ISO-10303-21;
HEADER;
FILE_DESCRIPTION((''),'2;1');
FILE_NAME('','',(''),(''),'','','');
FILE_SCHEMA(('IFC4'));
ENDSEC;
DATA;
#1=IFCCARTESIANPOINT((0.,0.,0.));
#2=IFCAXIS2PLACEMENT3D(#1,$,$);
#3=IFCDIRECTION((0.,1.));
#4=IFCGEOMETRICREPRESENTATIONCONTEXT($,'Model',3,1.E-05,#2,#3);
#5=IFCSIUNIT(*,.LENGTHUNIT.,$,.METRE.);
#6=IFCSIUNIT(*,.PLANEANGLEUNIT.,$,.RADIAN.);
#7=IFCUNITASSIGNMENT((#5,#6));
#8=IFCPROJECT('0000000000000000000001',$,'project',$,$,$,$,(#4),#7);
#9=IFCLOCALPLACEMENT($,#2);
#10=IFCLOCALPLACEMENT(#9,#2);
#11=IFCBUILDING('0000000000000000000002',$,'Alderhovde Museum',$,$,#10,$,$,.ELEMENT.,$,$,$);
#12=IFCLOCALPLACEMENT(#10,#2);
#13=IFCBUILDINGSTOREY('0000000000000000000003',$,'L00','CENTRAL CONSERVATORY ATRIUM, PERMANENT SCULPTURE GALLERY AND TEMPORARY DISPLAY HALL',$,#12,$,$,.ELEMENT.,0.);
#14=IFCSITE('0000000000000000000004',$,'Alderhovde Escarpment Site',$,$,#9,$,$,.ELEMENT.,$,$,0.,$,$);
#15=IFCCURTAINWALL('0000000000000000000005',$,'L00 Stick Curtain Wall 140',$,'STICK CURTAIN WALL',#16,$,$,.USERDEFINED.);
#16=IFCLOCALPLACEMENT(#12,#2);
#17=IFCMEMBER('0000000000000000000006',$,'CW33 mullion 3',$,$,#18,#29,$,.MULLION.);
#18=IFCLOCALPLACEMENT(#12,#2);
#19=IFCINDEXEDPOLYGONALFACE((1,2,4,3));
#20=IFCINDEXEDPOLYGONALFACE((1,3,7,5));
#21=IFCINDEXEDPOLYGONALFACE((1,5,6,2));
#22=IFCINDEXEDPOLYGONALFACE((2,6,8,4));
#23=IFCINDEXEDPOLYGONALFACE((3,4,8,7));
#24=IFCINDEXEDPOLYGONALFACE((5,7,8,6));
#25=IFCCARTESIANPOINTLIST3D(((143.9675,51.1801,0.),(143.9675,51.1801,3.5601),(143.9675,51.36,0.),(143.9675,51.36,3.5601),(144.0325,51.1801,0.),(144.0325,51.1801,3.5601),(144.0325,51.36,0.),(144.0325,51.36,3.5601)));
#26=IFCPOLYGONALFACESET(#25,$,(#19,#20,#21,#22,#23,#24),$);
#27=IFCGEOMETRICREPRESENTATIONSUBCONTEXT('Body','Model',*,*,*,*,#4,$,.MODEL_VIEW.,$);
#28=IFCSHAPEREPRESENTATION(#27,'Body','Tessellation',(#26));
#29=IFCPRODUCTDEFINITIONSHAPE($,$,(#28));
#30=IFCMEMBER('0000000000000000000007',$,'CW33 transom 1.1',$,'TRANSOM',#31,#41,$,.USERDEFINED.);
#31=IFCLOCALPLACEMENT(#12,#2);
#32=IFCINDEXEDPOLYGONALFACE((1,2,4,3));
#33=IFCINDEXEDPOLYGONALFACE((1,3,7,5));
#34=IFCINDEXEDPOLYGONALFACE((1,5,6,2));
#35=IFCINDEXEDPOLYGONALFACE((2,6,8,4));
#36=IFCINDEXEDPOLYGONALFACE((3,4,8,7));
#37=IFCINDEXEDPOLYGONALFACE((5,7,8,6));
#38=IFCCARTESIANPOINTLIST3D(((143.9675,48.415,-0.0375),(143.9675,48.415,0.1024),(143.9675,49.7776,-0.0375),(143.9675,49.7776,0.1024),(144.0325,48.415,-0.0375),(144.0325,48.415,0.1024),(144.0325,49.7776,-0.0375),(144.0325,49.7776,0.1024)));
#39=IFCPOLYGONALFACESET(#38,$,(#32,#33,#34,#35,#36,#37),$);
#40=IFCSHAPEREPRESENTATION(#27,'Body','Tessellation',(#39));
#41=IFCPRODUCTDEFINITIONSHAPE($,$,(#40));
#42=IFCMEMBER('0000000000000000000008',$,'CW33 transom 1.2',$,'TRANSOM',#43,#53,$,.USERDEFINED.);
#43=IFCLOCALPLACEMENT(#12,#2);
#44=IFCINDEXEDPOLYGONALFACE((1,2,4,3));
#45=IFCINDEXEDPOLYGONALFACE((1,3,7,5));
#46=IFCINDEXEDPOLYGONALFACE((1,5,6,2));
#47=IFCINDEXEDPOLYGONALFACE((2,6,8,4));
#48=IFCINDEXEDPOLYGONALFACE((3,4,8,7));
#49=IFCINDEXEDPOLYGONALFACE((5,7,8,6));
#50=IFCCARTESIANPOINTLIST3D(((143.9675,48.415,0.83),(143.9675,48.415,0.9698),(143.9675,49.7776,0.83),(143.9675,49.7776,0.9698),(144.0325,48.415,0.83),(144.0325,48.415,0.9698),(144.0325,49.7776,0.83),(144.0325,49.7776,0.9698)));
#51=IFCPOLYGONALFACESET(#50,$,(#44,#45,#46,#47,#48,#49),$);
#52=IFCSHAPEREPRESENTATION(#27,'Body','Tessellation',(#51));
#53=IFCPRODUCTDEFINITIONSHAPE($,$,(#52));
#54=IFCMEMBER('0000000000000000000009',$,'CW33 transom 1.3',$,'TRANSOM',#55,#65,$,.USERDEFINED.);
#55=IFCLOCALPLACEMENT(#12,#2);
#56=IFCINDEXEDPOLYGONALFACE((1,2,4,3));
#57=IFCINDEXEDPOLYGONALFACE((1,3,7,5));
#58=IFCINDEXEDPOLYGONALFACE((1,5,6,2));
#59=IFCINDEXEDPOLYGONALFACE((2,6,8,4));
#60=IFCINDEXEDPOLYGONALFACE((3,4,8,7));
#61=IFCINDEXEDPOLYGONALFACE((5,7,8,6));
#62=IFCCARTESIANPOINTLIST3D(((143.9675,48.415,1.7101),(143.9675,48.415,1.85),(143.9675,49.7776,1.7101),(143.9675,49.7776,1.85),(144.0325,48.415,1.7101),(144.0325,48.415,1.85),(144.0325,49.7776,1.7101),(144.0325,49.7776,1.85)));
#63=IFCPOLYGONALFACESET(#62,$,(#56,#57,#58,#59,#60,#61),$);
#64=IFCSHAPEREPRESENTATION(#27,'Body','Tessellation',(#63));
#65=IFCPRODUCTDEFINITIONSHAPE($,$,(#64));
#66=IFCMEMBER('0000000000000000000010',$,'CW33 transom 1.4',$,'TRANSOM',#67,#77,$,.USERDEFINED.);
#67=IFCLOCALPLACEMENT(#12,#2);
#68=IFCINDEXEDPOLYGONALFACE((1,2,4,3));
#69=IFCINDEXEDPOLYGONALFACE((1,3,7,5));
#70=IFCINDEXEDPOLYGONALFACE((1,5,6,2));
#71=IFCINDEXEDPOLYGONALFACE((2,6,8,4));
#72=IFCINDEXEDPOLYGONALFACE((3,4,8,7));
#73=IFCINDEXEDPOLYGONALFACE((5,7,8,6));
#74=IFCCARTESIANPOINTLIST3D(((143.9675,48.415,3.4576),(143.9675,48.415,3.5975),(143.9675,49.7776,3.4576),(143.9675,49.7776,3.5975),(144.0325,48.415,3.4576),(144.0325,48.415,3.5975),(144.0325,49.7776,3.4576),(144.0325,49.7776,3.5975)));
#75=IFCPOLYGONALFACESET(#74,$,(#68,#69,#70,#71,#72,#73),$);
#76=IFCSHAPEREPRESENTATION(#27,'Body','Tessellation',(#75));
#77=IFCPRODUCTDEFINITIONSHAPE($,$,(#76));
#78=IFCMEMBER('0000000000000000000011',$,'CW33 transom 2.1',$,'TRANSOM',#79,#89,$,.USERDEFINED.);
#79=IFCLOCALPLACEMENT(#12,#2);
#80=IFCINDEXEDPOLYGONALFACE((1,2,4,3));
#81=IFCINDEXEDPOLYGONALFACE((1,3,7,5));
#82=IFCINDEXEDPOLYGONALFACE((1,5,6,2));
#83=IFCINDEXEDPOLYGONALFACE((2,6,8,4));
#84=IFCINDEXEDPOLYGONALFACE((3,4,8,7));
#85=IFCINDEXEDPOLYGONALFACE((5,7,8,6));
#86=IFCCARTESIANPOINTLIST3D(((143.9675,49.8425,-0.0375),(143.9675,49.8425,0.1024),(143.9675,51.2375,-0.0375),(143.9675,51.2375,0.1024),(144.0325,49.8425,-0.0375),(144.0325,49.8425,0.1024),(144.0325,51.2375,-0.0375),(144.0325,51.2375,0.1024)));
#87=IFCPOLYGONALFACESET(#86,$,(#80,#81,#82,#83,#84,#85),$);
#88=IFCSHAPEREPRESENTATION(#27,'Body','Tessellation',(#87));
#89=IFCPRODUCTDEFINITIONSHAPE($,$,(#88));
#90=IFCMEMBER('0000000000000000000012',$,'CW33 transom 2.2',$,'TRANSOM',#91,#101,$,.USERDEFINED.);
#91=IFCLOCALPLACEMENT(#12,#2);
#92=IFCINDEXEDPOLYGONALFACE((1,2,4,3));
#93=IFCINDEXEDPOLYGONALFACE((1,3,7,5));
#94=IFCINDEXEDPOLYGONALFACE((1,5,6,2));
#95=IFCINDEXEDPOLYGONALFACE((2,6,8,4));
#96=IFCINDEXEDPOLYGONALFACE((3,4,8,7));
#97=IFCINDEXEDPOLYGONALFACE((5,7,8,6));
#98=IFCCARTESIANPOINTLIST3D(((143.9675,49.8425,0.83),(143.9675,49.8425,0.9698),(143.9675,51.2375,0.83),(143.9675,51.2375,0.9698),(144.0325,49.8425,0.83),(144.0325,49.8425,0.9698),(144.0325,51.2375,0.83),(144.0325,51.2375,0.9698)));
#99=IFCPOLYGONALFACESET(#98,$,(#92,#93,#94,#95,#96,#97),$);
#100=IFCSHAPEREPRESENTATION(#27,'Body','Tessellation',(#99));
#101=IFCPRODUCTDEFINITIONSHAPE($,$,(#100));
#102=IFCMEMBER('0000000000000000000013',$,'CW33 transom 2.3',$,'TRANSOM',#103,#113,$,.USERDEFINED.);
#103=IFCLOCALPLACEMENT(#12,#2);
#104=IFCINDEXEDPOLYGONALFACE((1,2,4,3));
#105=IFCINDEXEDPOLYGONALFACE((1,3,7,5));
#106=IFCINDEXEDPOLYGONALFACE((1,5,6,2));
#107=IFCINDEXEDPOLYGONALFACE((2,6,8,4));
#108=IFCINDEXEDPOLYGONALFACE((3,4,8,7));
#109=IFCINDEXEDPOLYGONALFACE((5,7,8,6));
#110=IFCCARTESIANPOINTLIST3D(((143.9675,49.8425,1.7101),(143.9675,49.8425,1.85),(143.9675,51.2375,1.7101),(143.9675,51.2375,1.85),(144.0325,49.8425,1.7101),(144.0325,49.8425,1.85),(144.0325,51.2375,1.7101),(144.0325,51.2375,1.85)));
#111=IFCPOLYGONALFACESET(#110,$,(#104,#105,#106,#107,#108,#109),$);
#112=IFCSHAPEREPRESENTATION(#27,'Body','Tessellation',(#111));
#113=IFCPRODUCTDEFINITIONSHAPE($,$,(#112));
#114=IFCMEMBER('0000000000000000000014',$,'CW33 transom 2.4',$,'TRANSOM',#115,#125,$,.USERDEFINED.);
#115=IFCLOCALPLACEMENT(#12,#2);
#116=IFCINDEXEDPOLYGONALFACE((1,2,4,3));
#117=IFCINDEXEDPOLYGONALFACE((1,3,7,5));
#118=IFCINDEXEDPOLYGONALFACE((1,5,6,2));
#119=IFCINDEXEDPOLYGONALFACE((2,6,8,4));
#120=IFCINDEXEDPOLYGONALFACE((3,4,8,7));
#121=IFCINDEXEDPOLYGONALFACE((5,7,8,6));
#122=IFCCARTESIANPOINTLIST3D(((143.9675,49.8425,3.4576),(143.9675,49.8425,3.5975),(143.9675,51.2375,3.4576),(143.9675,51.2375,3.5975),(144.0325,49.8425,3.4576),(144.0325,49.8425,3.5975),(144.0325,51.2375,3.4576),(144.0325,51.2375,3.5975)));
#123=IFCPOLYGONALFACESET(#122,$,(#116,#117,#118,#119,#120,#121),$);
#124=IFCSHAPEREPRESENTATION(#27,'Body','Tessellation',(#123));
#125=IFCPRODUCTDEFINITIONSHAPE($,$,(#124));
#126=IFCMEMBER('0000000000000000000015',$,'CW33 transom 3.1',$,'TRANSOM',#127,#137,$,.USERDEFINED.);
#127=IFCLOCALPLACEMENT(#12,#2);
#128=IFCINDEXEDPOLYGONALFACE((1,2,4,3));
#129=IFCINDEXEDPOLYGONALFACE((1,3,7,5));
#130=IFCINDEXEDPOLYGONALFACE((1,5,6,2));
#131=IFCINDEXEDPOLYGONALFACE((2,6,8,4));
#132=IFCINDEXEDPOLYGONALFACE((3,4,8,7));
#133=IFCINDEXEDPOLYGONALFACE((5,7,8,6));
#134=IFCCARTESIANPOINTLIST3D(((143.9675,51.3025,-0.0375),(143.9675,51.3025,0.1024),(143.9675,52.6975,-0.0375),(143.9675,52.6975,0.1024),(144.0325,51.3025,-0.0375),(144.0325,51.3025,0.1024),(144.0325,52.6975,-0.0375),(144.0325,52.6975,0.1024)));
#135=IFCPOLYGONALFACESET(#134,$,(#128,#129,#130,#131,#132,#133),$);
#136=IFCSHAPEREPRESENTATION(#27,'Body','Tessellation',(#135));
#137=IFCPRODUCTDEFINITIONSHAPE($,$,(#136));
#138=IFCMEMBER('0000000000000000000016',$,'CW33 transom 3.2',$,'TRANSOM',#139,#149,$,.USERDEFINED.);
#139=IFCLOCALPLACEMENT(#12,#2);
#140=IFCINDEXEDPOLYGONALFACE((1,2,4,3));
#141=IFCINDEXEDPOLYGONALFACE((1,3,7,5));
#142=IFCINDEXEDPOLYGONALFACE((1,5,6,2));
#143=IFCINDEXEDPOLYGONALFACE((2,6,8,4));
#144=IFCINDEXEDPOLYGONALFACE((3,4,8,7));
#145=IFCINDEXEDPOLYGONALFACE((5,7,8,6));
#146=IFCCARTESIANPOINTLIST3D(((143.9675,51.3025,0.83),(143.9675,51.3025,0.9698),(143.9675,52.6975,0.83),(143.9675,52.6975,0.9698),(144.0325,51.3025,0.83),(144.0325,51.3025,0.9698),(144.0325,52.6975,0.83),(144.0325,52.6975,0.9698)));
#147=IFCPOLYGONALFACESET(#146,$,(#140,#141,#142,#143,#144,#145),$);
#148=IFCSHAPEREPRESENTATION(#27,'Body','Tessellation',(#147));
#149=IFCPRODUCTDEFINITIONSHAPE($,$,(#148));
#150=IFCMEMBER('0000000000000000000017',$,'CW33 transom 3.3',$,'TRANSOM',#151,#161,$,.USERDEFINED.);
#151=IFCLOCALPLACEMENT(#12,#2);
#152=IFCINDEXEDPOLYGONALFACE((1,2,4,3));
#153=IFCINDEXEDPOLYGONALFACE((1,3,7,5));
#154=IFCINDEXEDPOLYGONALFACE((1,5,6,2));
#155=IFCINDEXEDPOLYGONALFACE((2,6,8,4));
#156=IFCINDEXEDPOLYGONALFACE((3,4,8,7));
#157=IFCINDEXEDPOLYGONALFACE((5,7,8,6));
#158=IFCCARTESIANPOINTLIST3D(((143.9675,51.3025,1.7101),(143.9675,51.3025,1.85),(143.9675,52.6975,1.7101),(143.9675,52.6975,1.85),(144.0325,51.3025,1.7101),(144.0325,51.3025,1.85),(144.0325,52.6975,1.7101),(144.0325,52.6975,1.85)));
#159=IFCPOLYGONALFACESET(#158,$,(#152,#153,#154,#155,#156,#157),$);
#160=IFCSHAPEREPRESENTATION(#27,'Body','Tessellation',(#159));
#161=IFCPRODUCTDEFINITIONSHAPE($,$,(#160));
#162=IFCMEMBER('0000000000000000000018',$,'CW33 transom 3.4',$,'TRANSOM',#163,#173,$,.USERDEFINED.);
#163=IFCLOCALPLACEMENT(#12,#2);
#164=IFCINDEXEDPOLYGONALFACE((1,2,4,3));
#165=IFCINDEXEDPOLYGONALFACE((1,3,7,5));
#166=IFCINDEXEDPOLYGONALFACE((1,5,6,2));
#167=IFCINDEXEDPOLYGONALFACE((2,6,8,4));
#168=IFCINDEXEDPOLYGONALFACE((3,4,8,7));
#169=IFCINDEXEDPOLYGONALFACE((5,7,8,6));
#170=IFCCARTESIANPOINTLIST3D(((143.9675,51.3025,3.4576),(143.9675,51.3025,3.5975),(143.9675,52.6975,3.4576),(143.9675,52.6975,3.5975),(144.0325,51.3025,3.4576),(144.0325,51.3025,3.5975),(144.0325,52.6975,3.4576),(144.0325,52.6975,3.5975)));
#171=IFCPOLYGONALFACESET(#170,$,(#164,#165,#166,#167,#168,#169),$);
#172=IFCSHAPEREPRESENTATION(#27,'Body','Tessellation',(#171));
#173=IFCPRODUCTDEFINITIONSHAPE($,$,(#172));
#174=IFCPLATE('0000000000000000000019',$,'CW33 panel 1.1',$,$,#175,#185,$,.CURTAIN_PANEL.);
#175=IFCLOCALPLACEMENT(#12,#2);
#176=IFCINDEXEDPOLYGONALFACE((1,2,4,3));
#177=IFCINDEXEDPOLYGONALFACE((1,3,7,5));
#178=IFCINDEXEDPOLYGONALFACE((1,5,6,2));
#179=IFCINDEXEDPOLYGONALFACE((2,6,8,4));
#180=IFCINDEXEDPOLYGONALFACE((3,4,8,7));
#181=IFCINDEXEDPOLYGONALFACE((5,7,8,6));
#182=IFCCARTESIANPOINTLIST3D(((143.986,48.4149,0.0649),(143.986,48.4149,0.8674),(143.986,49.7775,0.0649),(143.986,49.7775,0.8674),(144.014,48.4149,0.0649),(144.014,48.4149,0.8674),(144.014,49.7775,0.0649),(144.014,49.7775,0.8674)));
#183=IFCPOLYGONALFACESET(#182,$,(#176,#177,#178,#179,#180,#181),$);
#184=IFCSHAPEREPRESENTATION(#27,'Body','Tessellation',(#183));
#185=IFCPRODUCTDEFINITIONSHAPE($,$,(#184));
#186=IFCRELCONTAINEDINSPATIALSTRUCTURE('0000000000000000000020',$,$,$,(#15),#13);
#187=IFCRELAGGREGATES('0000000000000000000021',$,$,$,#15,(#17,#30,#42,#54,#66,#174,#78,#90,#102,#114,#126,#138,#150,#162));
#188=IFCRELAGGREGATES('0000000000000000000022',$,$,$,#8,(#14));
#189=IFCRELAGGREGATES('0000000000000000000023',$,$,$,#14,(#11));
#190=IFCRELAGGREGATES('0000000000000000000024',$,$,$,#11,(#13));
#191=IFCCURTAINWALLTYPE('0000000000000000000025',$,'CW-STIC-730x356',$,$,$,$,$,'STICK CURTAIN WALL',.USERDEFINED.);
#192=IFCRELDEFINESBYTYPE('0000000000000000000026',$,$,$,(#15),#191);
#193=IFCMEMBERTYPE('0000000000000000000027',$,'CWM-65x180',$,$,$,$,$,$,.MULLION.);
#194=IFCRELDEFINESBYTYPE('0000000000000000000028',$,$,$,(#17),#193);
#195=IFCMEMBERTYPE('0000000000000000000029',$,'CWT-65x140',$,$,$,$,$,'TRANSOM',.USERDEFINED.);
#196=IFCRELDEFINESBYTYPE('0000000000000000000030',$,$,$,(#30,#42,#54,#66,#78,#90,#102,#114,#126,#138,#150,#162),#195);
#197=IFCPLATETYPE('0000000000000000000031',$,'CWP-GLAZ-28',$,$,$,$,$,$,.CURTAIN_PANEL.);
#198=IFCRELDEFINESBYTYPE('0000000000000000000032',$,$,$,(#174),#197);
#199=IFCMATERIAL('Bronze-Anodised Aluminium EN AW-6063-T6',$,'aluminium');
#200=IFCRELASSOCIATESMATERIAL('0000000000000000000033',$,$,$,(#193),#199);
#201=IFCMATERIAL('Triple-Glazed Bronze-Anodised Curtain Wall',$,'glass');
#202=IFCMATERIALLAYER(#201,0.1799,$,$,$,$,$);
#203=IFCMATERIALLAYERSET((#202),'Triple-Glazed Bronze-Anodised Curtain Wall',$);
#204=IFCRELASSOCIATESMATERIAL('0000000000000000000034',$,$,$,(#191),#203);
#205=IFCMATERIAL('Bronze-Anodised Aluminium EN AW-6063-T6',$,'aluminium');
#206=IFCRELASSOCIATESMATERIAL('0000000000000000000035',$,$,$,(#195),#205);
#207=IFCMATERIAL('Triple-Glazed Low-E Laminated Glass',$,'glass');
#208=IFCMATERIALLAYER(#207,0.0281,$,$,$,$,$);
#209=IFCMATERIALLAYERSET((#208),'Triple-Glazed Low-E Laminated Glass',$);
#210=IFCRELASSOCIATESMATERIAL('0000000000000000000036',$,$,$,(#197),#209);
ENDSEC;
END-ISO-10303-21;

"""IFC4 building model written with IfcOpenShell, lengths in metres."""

from ifc_helpers import new_model, si_unit, direction, frame, origin, origin_2d, place, context, subcontext, project, spatial, rectangle, extrude, material, layer, layer_set, material_profile, profile_set, type_object, element, aggregate, save


model = new_model("IFC4")

# Units and contexts
model_context = context("Model", 3, precision=1e-05, world=origin(), true_north=direction((0.0, 1.0)))
body_context = subcontext(model_context, "Body", "Model", "MODEL_VIEW")
ifc_project = project(units=[si_unit("LENGTHUNIT", "METRE"), si_unit("PLANEANGLEUNIT", "RADIAN")], contexts=[model_context])

# Site, building, storey
site_placement = place(None, origin())
site = spatial("IfcSite", under=ifc_project, at=site_placement, Name="Alderhovde Escarpment Site", CompositionType="ELEMENT", RefElevation=0.0)
building_placement = place(site_placement, origin())
building = spatial("IfcBuilding", under=site, at=building_placement, Name="Alderhovde Museum", CompositionType="ELEMENT")
storey_placement = place(building_placement, origin())
storey = spatial("IfcBuildingStorey", under=building, at=storey_placement, Name="L00", Description="CENTRAL CONSERVATORY ATRIUM, PERMANENT SCULPTURE GALLERY AND TEMPORARY DISPLAY HALL", CompositionType="ELEMENT", Elevation=0.0)

# Shared definitions
ifc_material_1 = material(Name="Bronze-Anodised Aluminium EN AW-6063-T6", Category="aluminium")
ifc_material_profile_1 = material_profile(ifc_material_1, rectangle(XDim=0.0649, YDim=0.1799, at=origin_2d()), Name="MULLION 65x180")
ifc_profile_set_1 = profile_set([ifc_material_profile_1], Name="Bronze-Anodised Aluminium EN AW-6063-T6")
member_type_1 = type_object("IfcMemberType", Name="CWM-65x180", PredefinedType="MULLION", material=ifc_profile_set_1)

# Curtain wall, members, plate
ifc_material_2 = material(Name="Triple-Glazed Bronze-Anodised Curtain Wall", Category="glass")
ifc_layer_1 = layer(ifc_material_2, 0.1799)
ifc_layer_set_1 = layer_set([ifc_layer_1], Name="Triple-Glazed Bronze-Anodised Curtain Wall")
curtain_wall_type_1 = type_object("IfcCurtainWallType", Name="CW-STIC-730x356", ElementType="STICK CURTAIN WALL", PredefinedType="USERDEFINED", material=ifc_layer_set_1)
curtain_wall_1_placement = place(storey_placement, origin())
curtain_wall_1 = element("IfcCurtainWall", 1, at=curtain_wall_1_placement, inside=storey, type_object=curtain_wall_type_1, Name="L00 Stick Curtain Wall 140", ObjectType="STICK CURTAIN WALL", PredefinedType="USERDEFINED")
member_1_placement = place(storey_placement, frame((144.0, 51.27, 0.0), z_axis=(0.0, 0.0, 1.0), x_axis=(-1.0, 0.0, 0.0)))
member_1 = element("IfcMember", 2, at=member_1_placement, type_object=member_type_1, Name="CW33 mullion 3", PredefinedType="MULLION", context=body_context, shape_type="SweptSolid", body=[
    extrude(rectangle(XDim=0.0649, YDim=0.1799, at=origin_2d()), origin(), (0.0, 0.0, 1.0), 3.5601),
])
ifc_material_3 = material(Name="Bronze-Anodised Aluminium EN AW-6063-T6", Category="aluminium")
ifc_material_profile_2 = material_profile(ifc_material_3, rectangle(XDim=0.0649, YDim=0.1399, at=origin_2d()), Name="TRANSOM 65x140")
ifc_profile_set_2 = profile_set([ifc_material_profile_2], Name="Bronze-Anodised Aluminium EN AW-6063-T6")
member_type_2 = type_object("IfcMemberType", Name="CWT-65x140", ElementType="TRANSOM", PredefinedType="USERDEFINED", material=ifc_profile_set_2)
member_2_placement = place(storey_placement, frame((144.0, 48.415, 0.0325), z_axis=(0.0, 1.0, 0.0), x_axis=(-1.0, 0.0, 0.0)))
member_2 = element("IfcMember", 3, at=member_2_placement, type_object=member_type_2, Name="CW33 transom 1.1", ObjectType="TRANSOM", PredefinedType="USERDEFINED", context=body_context, shape_type="SweptSolid", body=[
    extrude(rectangle(XDim=0.0649, YDim=0.1399, at=origin_2d()), origin(), (0.0, 0.0, 1.0), 1.3625),
])
member_3_placement = place(storey_placement, frame((144.0, 48.415, 0.8999), z_axis=(0.0, 1.0, 0.0), x_axis=(-1.0, 0.0, 0.0)))
member_3 = element("IfcMember", 4, at=member_3_placement, type_object=member_type_2, Name="CW33 transom 1.2", ObjectType="TRANSOM", PredefinedType="USERDEFINED", context=body_context, shape_type="SweptSolid", body=[
    extrude(rectangle(XDim=0.0649, YDim=0.1399, at=origin_2d()), origin(), (0.0, 0.0, 1.0), 1.3625),
])
member_4_placement = place(storey_placement, frame((144.0, 48.415, 1.78), z_axis=(0.0, 1.0, 0.0), x_axis=(-1.0, 0.0, 0.0)))
member_4 = element("IfcMember", 5, at=member_4_placement, type_object=member_type_2, Name="CW33 transom 1.3", ObjectType="TRANSOM", PredefinedType="USERDEFINED", context=body_context, shape_type="SweptSolid", body=[
    extrude(rectangle(XDim=0.0649, YDim=0.1399, at=origin_2d()), origin(), (0.0, 0.0, 1.0), 1.3625),
])
member_5_placement = place(storey_placement, frame((144.0, 48.415, 3.5276), z_axis=(0.0, 1.0, 0.0), x_axis=(-1.0, 0.0, 0.0)))
member_5 = element("IfcMember", 6, at=member_5_placement, type_object=member_type_2, Name="CW33 transom 1.4", ObjectType="TRANSOM", PredefinedType="USERDEFINED", context=body_context, shape_type="SweptSolid", body=[
    extrude(rectangle(XDim=0.0649, YDim=0.1399, at=origin_2d()), origin(), (0.0, 0.0, 1.0), 1.3625),
])
member_6_placement = place(storey_placement, frame((144.0, 49.8425, 0.0325), z_axis=(0.0, 1.0, 0.0), x_axis=(-1.0, 0.0, 0.0)))
member_6 = element("IfcMember", 7, at=member_6_placement, type_object=member_type_2, Name="CW33 transom 2.1", ObjectType="TRANSOM", PredefinedType="USERDEFINED", context=body_context, shape_type="SweptSolid", body=[
    extrude(rectangle(XDim=0.0649, YDim=0.1399, at=origin_2d()), origin(), (0.0, 0.0, 1.0), 1.395),
])
member_7_placement = place(storey_placement, frame((144.0, 49.8425, 0.8999), z_axis=(0.0, 1.0, 0.0), x_axis=(-1.0, 0.0, 0.0)))
member_7 = element("IfcMember", 8, at=member_7_placement, type_object=member_type_2, Name="CW33 transom 2.2", ObjectType="TRANSOM", PredefinedType="USERDEFINED", context=body_context, shape_type="SweptSolid", body=[
    extrude(rectangle(XDim=0.0649, YDim=0.1399, at=origin_2d()), origin(), (0.0, 0.0, 1.0), 1.395),
])
member_8_placement = place(storey_placement, frame((144.0, 49.8425, 1.78), z_axis=(0.0, 1.0, 0.0), x_axis=(-1.0, 0.0, 0.0)))
member_8 = element("IfcMember", 9, at=member_8_placement, type_object=member_type_2, Name="CW33 transom 2.3", ObjectType="TRANSOM", PredefinedType="USERDEFINED", context=body_context, shape_type="SweptSolid", body=[
    extrude(rectangle(XDim=0.0649, YDim=0.1399, at=origin_2d()), origin(), (0.0, 0.0, 1.0), 1.395),
])
member_9_placement = place(storey_placement, frame((144.0, 49.8425, 3.5276), z_axis=(0.0, 1.0, 0.0), x_axis=(-1.0, 0.0, 0.0)))
member_9 = element("IfcMember", 10, at=member_9_placement, type_object=member_type_2, Name="CW33 transom 2.4", ObjectType="TRANSOM", PredefinedType="USERDEFINED", context=body_context, shape_type="SweptSolid", body=[
    extrude(rectangle(XDim=0.0649, YDim=0.1399, at=origin_2d()), origin(), (0.0, 0.0, 1.0), 1.395),
])
member_10_placement = place(storey_placement, frame((144.0, 51.3025, 0.0325), z_axis=(0.0, 1.0, 0.0), x_axis=(-1.0, 0.0, 0.0)))
member_10 = element("IfcMember", 11, at=member_10_placement, type_object=member_type_2, Name="CW33 transom 3.1", ObjectType="TRANSOM", PredefinedType="USERDEFINED", context=body_context, shape_type="SweptSolid", body=[
    extrude(rectangle(XDim=0.0649, YDim=0.1399, at=origin_2d()), origin(), (0.0, 0.0, 1.0), 1.395),
])
member_11_placement = place(storey_placement, frame((144.0, 51.3025, 0.8999), z_axis=(0.0, 1.0, 0.0), x_axis=(-1.0, 0.0, 0.0)))
member_11 = element("IfcMember", 12, at=member_11_placement, type_object=member_type_2, Name="CW33 transom 3.2", ObjectType="TRANSOM", PredefinedType="USERDEFINED", context=body_context, shape_type="SweptSolid", body=[
    extrude(rectangle(XDim=0.0649, YDim=0.1399, at=origin_2d()), origin(), (0.0, 0.0, 1.0), 1.395),
])
member_12_placement = place(storey_placement, frame((144.0, 51.3025, 1.78), z_axis=(0.0, 1.0, 0.0), x_axis=(-1.0, 0.0, 0.0)))
member_12 = element("IfcMember", 13, at=member_12_placement, type_object=member_type_2, Name="CW33 transom 3.3", ObjectType="TRANSOM", PredefinedType="USERDEFINED", context=body_context, shape_type="SweptSolid", body=[
    extrude(rectangle(XDim=0.0649, YDim=0.1399, at=origin_2d()), origin(), (0.0, 0.0, 1.0), 1.395),
])
member_13_placement = place(storey_placement, frame((144.0, 51.3025, 3.5276), z_axis=(0.0, 1.0, 0.0), x_axis=(-1.0, 0.0, 0.0)))
member_13 = element("IfcMember", 14, at=member_13_placement, type_object=member_type_2, Name="CW33 transom 3.4", ObjectType="TRANSOM", PredefinedType="USERDEFINED", context=body_context, shape_type="SweptSolid", body=[
    extrude(rectangle(XDim=0.0649, YDim=0.1399, at=origin_2d()), origin(), (0.0, 0.0, 1.0), 1.395),
])
ifc_material_4 = material(Name="Triple-Glazed Low-E Laminated Glass", Category="glass")
ifc_layer_2 = layer(ifc_material_4, 0.0281)
ifc_layer_set_2 = layer_set([ifc_layer_2], Name="Triple-Glazed Low-E Laminated Glass")
plate_type_1 = type_object("IfcPlateType", Name="CWP-GLAZ-28", PredefinedType="CURTAIN_PANEL", material=ifc_layer_set_2)
plate_1_placement = place(storey_placement, frame((144.0, 49.0962, 0.0649), z_axis=(0.0, 0.0, 1.0), x_axis=(0.0, 1.0, 0.0)))
plate_1 = element("IfcPlate", 15, at=plate_1_placement, type_object=plate_type_1, Name="CW33 panel 1.1", PredefinedType="CURTAIN_PANEL", context=body_context, shape_type="SweptSolid", body=[
    extrude(rectangle(XDim=1.3625, YDim=0.0281, at=origin_2d()), origin(), (0.0, 0.0, 1.0), 0.8025),
])
aggregate(curtain_wall_1, [member_1, member_2, member_3, member_4, member_5, plate_1, member_6, member_7, member_8, member_9, member_10, member_11, member_12, member_13])

save(model, "model.ifc")
